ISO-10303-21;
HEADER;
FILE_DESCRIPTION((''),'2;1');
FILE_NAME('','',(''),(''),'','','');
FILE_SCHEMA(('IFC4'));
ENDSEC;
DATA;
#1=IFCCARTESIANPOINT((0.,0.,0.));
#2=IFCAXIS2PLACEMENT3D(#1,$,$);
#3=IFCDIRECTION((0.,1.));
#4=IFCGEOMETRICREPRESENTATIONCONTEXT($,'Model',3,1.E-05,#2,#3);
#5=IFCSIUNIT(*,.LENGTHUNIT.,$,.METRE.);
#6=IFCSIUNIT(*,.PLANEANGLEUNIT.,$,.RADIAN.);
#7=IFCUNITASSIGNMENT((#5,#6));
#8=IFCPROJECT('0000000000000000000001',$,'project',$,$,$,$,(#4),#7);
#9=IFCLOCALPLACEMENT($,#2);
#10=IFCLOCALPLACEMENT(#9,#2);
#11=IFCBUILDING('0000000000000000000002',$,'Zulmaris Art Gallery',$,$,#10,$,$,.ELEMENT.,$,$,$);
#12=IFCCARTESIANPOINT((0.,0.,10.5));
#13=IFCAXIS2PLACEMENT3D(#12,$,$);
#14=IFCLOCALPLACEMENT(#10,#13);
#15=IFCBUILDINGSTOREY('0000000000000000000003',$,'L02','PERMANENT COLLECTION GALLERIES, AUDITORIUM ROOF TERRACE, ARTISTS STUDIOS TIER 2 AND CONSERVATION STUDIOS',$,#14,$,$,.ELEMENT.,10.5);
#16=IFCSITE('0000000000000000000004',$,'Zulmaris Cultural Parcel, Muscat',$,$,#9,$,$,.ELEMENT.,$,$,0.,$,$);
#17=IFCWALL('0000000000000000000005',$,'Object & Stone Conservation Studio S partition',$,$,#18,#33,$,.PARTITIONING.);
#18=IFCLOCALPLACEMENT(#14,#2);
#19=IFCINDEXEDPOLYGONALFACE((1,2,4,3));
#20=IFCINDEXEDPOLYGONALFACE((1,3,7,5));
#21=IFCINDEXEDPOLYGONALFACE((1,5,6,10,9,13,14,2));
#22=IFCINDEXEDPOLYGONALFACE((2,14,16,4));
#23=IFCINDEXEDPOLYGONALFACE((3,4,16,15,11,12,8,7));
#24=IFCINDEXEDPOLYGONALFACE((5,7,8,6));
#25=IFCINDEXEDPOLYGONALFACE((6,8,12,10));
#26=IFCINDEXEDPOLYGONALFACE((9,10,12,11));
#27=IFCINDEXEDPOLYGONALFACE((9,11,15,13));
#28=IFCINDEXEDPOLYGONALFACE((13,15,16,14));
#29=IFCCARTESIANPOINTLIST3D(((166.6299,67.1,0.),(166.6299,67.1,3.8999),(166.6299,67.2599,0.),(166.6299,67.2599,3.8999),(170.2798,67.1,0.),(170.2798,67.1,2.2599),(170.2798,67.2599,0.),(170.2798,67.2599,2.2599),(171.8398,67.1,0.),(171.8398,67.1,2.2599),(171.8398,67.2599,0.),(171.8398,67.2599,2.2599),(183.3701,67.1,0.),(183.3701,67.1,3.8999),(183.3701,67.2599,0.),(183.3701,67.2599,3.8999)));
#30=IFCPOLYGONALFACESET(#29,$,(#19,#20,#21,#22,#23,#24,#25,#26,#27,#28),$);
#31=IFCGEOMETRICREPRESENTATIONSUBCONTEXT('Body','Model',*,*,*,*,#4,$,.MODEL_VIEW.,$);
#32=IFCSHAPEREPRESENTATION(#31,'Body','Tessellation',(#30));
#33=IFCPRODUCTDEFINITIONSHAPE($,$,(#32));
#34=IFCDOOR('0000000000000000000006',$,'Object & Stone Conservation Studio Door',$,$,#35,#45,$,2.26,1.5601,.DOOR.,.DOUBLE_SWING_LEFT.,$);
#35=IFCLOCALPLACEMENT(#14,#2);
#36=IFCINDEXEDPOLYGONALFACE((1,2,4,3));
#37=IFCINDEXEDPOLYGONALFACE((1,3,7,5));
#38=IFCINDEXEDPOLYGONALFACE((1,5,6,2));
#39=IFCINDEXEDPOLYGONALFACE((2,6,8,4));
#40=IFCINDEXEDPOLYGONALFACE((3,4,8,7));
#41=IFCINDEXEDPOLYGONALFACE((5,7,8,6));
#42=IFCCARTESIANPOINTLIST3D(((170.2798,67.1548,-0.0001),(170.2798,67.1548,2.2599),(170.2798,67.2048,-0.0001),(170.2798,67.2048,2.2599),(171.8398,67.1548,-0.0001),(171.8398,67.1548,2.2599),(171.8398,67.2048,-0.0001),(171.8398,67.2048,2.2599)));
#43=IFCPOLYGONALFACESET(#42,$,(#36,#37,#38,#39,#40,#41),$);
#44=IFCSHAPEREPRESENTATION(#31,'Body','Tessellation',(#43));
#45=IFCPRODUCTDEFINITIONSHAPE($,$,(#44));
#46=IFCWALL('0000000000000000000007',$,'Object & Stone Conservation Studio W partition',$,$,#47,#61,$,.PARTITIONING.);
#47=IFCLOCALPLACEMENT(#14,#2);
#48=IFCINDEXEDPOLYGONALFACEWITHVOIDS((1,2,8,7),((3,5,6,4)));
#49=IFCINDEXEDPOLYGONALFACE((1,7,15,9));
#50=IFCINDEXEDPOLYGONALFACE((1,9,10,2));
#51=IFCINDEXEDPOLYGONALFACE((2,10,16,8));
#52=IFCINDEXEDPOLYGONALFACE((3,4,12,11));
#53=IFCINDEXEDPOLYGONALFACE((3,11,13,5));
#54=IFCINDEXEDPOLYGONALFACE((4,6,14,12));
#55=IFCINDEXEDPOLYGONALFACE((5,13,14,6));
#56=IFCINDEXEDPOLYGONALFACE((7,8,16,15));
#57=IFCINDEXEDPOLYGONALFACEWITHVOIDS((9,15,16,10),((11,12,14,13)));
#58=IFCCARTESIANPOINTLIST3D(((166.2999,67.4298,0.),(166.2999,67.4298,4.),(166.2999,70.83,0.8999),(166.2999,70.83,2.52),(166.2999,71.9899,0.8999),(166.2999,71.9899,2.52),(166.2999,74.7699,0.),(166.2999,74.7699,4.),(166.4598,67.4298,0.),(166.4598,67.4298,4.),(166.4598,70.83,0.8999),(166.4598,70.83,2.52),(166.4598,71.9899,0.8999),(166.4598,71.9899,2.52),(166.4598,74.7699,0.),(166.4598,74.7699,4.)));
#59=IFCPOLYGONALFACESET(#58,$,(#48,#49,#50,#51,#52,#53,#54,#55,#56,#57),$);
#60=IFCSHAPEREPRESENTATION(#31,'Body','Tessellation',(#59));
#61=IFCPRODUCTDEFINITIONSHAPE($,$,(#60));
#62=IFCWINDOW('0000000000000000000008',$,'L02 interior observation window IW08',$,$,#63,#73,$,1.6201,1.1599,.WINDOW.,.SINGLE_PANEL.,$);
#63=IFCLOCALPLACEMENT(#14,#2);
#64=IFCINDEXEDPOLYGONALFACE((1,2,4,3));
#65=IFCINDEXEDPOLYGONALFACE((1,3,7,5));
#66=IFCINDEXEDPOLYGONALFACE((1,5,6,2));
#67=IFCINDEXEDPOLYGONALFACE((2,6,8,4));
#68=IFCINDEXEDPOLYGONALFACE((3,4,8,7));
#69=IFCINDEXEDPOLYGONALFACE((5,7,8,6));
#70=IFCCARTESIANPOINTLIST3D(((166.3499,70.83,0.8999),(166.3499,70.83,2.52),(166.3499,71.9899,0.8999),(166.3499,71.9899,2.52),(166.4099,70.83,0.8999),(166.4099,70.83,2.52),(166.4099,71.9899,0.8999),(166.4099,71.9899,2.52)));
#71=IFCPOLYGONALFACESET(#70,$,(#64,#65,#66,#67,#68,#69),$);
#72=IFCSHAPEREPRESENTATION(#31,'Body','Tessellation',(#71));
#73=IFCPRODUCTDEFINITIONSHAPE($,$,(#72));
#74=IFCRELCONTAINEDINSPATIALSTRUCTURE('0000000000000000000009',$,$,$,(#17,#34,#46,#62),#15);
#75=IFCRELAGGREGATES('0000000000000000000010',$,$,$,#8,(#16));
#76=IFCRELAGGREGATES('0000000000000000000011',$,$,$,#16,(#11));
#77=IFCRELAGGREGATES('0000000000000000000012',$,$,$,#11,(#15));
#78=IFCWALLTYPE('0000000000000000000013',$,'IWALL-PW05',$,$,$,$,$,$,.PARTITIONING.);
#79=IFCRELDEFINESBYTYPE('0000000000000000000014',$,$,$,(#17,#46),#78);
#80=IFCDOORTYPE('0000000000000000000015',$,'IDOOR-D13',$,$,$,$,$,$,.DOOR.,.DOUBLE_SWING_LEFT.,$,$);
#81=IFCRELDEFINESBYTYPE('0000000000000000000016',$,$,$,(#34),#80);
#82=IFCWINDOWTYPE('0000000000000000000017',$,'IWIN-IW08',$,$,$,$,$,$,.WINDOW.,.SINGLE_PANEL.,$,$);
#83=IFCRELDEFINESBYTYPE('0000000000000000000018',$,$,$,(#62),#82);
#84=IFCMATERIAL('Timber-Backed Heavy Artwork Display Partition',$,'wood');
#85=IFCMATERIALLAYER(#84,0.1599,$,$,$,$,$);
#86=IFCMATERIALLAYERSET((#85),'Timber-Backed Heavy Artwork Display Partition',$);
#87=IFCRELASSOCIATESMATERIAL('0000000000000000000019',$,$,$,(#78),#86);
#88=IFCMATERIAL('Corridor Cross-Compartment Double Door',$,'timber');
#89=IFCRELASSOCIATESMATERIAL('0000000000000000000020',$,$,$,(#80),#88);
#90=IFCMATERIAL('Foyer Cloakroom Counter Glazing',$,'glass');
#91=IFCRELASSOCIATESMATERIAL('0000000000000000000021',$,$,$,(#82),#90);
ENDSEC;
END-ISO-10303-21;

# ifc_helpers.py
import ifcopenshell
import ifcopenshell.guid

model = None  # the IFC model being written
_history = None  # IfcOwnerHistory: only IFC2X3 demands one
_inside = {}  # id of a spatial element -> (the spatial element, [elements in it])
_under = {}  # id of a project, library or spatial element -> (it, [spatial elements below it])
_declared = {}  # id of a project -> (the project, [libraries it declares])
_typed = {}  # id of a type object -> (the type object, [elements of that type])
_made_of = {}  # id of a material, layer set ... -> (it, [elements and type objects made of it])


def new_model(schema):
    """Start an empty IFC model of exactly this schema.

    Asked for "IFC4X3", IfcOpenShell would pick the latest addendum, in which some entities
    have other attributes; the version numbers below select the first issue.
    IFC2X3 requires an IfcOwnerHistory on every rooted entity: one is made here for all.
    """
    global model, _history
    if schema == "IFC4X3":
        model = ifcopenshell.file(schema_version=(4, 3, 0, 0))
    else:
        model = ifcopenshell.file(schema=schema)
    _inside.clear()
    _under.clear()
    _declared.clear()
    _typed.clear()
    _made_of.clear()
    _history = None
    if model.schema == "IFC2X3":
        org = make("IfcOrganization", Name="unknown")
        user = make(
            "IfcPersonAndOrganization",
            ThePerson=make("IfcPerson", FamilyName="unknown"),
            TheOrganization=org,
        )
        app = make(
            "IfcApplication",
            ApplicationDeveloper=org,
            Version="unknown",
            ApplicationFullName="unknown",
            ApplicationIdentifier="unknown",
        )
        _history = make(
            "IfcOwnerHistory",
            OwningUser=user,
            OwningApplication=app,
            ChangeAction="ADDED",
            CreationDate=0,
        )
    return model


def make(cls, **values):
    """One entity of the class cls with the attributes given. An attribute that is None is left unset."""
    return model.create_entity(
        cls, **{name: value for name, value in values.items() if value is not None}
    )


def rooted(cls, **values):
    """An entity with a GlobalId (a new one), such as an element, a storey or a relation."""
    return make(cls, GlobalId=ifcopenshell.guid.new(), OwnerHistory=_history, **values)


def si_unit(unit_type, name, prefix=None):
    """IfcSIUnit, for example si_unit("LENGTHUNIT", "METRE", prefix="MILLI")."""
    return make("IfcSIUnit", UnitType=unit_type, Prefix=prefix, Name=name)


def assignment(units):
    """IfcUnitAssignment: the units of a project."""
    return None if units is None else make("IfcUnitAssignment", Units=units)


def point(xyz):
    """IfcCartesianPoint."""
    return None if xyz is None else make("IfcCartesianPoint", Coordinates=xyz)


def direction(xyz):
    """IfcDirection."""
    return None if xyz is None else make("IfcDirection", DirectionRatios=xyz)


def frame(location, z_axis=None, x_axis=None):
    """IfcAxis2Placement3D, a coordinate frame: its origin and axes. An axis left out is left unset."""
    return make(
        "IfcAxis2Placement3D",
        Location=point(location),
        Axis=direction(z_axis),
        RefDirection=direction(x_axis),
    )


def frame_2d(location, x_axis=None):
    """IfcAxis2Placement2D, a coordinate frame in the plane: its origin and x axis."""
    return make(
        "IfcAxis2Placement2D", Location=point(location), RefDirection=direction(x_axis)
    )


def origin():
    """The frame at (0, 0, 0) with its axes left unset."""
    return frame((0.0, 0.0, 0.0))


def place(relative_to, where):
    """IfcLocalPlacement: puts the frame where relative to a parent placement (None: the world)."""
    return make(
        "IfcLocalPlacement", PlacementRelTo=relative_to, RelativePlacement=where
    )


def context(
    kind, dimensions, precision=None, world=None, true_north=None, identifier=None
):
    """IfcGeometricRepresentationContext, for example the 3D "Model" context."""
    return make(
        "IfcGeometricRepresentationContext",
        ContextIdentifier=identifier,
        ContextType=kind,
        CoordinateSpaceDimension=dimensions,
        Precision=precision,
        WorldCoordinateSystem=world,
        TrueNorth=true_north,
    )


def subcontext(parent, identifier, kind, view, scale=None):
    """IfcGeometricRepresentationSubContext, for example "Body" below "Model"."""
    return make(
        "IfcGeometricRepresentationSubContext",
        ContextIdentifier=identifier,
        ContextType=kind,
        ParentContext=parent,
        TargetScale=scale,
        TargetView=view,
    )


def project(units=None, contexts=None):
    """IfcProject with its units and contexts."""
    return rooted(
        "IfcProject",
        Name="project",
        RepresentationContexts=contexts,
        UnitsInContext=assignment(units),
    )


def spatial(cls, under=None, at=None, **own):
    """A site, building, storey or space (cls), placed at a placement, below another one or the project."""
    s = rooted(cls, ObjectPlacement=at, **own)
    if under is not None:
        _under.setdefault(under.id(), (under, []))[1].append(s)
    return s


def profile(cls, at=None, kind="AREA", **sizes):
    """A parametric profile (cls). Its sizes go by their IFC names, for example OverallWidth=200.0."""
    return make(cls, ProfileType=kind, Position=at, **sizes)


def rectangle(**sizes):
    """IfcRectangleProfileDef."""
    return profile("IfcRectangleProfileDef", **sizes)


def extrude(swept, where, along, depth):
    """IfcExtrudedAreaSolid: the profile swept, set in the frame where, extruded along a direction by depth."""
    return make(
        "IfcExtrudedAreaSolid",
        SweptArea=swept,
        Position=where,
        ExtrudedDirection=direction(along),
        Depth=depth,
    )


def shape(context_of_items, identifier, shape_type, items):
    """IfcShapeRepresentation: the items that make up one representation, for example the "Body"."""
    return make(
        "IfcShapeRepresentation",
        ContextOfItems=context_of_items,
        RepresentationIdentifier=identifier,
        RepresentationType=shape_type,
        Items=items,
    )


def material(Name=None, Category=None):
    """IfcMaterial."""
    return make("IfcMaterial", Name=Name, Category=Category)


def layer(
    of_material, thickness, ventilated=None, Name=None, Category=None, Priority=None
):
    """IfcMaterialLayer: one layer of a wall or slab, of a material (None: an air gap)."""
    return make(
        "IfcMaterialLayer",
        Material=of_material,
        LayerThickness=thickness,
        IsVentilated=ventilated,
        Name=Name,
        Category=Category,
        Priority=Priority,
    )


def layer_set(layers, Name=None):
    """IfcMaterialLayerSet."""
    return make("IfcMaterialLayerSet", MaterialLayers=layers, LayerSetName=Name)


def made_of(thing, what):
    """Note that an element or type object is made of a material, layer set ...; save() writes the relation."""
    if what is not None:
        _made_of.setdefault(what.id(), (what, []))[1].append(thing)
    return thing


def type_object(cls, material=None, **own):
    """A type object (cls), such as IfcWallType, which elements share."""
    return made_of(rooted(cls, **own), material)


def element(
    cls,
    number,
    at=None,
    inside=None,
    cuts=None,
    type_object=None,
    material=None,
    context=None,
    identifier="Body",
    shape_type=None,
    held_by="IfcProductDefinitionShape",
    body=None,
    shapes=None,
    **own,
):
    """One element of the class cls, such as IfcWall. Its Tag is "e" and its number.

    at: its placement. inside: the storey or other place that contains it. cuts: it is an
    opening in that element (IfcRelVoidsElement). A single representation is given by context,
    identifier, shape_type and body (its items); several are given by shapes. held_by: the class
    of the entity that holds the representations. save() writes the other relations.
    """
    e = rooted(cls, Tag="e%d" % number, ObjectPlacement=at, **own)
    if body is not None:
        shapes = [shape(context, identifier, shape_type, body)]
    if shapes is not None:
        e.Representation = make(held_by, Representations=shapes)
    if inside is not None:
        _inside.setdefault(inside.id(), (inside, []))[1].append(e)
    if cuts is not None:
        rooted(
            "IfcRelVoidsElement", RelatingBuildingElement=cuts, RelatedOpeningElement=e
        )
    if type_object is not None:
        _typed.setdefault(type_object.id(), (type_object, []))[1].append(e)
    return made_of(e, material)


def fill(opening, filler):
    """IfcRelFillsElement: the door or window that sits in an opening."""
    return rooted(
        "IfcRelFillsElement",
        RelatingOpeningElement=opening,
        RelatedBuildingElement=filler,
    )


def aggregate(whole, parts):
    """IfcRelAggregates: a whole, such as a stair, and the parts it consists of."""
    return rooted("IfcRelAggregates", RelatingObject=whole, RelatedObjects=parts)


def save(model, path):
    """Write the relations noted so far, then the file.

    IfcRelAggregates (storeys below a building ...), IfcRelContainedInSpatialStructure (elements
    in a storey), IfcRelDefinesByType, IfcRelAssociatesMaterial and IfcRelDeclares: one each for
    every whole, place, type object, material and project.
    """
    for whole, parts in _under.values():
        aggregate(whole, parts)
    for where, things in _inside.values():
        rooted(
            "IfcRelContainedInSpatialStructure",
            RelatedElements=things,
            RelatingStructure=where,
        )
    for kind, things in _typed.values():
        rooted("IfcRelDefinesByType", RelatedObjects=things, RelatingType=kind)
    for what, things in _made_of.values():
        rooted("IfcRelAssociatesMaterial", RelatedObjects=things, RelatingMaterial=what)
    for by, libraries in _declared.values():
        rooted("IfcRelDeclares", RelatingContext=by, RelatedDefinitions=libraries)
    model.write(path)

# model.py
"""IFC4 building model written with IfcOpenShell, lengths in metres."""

from ifc_helpers import new_model, si_unit, direction, frame, frame_2d, origin, place, context, subcontext, project, spatial, rectangle, extrude, material, layer, layer_set, type_object, element, fill, save


model = new_model("IFC4")

# Units and contexts
model_context = context("Model", 3, precision=1e-05, world=origin(), true_north=direction((0.0, 1.0)))
body_context = subcontext(model_context, "Body", "Model", "MODEL_VIEW")
ifc_project = project(units=[si_unit("LENGTHUNIT", "METRE"), si_unit("PLANEANGLEUNIT", "RADIAN")], contexts=[model_context])

# Site, building, storey
site_placement = place(None, origin())
site = spatial("IfcSite", under=ifc_project, at=site_placement, Name="Zulmaris Cultural Parcel, Muscat", CompositionType="ELEMENT", RefElevation=0.0)
building_placement = place(site_placement, origin())
building = spatial("IfcBuilding", under=site, at=building_placement, Name="Zulmaris Art Gallery", CompositionType="ELEMENT")
storey_placement = place(building_placement, frame((0.0, 0.0, 10.5)))
storey = spatial("IfcBuildingStorey", under=building, at=storey_placement, Name="L02", Description="PERMANENT COLLECTION GALLERIES, AUDITORIUM ROOF TERRACE, ARTISTS STUDIOS TIER 2 AND CONSERVATION STUDIOS", CompositionType="ELEMENT", Elevation=10.5)

# Wall, opening, door
ifc_material_1 = material(Name="Timber-Backed Heavy Artwork Display Partition", Category="wood")
ifc_layer_1 = layer(ifc_material_1, 0.1599)
ifc_layer_set_1 = layer_set([ifc_layer_1], Name="Timber-Backed Heavy Artwork Display Partition")
wall_type_1 = type_object("IfcWallType", Name="IWALL-PW05", PredefinedType="PARTITIONING", material=ifc_layer_set_1)
wall_1_placement = place(storey_placement, frame((166.6299, 67.1799, 0.0), z_axis=(0.0, 0.0, 1.0), x_axis=(1.0, 0.0, 0.0)))
wall_1 = element("IfcWall", 1, at=wall_1_placement, inside=storey, type_object=wall_type_1, Name="Object & Stone Conservation Studio S partition", PredefinedType="PARTITIONING", context=body_context, shape_type="SweptSolid", body=[
    extrude(rectangle(XDim=16.7402, YDim=0.1599, at=frame_2d((8.3701, 0.0))), origin(), (0.0, 0.0, 1.0), 3.8999),
])
opening_1_placement = place(wall_1_placement, frame((3.6499, 0.0, 0.0)))
opening_1 = element("IfcOpeningElement", 2, at=opening_1_placement, cuts=wall_1, PredefinedType="OPENING", context=body_context, shape_type="SweptSolid", body=[
    extrude(rectangle(XDim=1.5601, YDim=2.26, at=frame_2d((0.78, 1.1299))), frame((0.0, 0.0898, 0.0), z_axis=(0.0, -1.0, 0.0), x_axis=(1.0, 0.0, 0.0)), (0.0, 0.0, 1.0), 0.1799),
])
ifc_material_2 = material(Name="Corridor Cross-Compartment Double Door", Category="timber")
door_type = type_object("IfcDoorType", Name="IDOOR-D13", OperationType="DOUBLE_SWING_LEFT", PredefinedType="DOOR", material=ifc_material_2)
door_placement = place(opening_1_placement, origin())
door = element("IfcDoor", 3, at=door_placement, inside=storey, type_object=door_type, Name="Object & Stone Conservation Studio Door", OperationType="DOUBLE_SWING_LEFT", OverallHeight=2.26, OverallWidth=1.5601, PredefinedType="DOOR", context=body_context, shape_type="SweptSolid", body=[
    extrude(rectangle(XDim=1.5601, YDim=2.26, at=frame_2d((0.78, 1.1299))), frame((0.0, 0.0249, 0.0), z_axis=(0.0, -1.0, 0.0), x_axis=(1.0, 0.0, 0.0)), (0.0, 0.0, 1.0), 0.05),
])
fill(opening_1, door)

# Wall, opening, window
wall_2_placement = place(storey_placement, frame((166.3799, 67.4299, 0.0), z_axis=(0.0, 0.0, 1.0), x_axis=(0.0, 1.0, 0.0)))
wall_2 = element("IfcWall", 4, at=wall_2_placement, inside=storey, type_object=wall_type_1, Name="Object & Stone Conservation Studio W partition", PredefinedType="PARTITIONING", context=body_context, shape_type="SweptSolid", body=[
    extrude(rectangle(XDim=7.3401, YDim=0.1599, at=frame_2d((3.6699, 0.0))), origin(), (0.0, 0.0, 1.0), 4.0),
])
opening_2_placement = place(wall_2_placement, frame((3.3999, 0.0, 0.8999)))
opening_2 = element("IfcOpeningElement", 5, at=opening_2_placement, cuts=wall_2, PredefinedType="OPENING", context=body_context, shape_type="SweptSolid", body=[
    extrude(rectangle(XDim=1.1599, YDim=1.6201, at=frame_2d((0.5801, 0.8101))), frame((0.0, 0.0898, 0.0), z_axis=(0.0, -1.0, 0.0), x_axis=(1.0, 0.0, 0.0)), (0.0, 0.0, 1.0), 0.1799),
])
ifc_material_3 = material(Name="Foyer Cloakroom Counter Glazing", Category="glass")
window_type_1 = type_object("IfcWindowType", Name="IWIN-IW08", PartitioningType="SINGLE_PANEL", PredefinedType="WINDOW", material=ifc_material_3)
window_1_placement = place(opening_2_placement, origin())
window_1 = element("IfcWindow", 6, at=window_1_placement, inside=storey, type_object=window_type_1, Name="L02 interior observation window IW08", OverallHeight=1.6201, OverallWidth=1.1599, PartitioningType="SINGLE_PANEL", PredefinedType="WINDOW", context=body_context, shape_type="SweptSolid", body=[
    extrude(rectangle(XDim=1.1599, YDim=1.6201, at=frame_2d((0.5801, 0.8101))), frame((0.0, 0.03, 0.0), z_axis=(0.0, -1.0, 0.0), x_axis=(1.0, 0.0, 0.0)), (0.0, 0.0, 1.0), 0.0601),
])
fill(opening_2, window_1)

save(model, "model.ifc")
